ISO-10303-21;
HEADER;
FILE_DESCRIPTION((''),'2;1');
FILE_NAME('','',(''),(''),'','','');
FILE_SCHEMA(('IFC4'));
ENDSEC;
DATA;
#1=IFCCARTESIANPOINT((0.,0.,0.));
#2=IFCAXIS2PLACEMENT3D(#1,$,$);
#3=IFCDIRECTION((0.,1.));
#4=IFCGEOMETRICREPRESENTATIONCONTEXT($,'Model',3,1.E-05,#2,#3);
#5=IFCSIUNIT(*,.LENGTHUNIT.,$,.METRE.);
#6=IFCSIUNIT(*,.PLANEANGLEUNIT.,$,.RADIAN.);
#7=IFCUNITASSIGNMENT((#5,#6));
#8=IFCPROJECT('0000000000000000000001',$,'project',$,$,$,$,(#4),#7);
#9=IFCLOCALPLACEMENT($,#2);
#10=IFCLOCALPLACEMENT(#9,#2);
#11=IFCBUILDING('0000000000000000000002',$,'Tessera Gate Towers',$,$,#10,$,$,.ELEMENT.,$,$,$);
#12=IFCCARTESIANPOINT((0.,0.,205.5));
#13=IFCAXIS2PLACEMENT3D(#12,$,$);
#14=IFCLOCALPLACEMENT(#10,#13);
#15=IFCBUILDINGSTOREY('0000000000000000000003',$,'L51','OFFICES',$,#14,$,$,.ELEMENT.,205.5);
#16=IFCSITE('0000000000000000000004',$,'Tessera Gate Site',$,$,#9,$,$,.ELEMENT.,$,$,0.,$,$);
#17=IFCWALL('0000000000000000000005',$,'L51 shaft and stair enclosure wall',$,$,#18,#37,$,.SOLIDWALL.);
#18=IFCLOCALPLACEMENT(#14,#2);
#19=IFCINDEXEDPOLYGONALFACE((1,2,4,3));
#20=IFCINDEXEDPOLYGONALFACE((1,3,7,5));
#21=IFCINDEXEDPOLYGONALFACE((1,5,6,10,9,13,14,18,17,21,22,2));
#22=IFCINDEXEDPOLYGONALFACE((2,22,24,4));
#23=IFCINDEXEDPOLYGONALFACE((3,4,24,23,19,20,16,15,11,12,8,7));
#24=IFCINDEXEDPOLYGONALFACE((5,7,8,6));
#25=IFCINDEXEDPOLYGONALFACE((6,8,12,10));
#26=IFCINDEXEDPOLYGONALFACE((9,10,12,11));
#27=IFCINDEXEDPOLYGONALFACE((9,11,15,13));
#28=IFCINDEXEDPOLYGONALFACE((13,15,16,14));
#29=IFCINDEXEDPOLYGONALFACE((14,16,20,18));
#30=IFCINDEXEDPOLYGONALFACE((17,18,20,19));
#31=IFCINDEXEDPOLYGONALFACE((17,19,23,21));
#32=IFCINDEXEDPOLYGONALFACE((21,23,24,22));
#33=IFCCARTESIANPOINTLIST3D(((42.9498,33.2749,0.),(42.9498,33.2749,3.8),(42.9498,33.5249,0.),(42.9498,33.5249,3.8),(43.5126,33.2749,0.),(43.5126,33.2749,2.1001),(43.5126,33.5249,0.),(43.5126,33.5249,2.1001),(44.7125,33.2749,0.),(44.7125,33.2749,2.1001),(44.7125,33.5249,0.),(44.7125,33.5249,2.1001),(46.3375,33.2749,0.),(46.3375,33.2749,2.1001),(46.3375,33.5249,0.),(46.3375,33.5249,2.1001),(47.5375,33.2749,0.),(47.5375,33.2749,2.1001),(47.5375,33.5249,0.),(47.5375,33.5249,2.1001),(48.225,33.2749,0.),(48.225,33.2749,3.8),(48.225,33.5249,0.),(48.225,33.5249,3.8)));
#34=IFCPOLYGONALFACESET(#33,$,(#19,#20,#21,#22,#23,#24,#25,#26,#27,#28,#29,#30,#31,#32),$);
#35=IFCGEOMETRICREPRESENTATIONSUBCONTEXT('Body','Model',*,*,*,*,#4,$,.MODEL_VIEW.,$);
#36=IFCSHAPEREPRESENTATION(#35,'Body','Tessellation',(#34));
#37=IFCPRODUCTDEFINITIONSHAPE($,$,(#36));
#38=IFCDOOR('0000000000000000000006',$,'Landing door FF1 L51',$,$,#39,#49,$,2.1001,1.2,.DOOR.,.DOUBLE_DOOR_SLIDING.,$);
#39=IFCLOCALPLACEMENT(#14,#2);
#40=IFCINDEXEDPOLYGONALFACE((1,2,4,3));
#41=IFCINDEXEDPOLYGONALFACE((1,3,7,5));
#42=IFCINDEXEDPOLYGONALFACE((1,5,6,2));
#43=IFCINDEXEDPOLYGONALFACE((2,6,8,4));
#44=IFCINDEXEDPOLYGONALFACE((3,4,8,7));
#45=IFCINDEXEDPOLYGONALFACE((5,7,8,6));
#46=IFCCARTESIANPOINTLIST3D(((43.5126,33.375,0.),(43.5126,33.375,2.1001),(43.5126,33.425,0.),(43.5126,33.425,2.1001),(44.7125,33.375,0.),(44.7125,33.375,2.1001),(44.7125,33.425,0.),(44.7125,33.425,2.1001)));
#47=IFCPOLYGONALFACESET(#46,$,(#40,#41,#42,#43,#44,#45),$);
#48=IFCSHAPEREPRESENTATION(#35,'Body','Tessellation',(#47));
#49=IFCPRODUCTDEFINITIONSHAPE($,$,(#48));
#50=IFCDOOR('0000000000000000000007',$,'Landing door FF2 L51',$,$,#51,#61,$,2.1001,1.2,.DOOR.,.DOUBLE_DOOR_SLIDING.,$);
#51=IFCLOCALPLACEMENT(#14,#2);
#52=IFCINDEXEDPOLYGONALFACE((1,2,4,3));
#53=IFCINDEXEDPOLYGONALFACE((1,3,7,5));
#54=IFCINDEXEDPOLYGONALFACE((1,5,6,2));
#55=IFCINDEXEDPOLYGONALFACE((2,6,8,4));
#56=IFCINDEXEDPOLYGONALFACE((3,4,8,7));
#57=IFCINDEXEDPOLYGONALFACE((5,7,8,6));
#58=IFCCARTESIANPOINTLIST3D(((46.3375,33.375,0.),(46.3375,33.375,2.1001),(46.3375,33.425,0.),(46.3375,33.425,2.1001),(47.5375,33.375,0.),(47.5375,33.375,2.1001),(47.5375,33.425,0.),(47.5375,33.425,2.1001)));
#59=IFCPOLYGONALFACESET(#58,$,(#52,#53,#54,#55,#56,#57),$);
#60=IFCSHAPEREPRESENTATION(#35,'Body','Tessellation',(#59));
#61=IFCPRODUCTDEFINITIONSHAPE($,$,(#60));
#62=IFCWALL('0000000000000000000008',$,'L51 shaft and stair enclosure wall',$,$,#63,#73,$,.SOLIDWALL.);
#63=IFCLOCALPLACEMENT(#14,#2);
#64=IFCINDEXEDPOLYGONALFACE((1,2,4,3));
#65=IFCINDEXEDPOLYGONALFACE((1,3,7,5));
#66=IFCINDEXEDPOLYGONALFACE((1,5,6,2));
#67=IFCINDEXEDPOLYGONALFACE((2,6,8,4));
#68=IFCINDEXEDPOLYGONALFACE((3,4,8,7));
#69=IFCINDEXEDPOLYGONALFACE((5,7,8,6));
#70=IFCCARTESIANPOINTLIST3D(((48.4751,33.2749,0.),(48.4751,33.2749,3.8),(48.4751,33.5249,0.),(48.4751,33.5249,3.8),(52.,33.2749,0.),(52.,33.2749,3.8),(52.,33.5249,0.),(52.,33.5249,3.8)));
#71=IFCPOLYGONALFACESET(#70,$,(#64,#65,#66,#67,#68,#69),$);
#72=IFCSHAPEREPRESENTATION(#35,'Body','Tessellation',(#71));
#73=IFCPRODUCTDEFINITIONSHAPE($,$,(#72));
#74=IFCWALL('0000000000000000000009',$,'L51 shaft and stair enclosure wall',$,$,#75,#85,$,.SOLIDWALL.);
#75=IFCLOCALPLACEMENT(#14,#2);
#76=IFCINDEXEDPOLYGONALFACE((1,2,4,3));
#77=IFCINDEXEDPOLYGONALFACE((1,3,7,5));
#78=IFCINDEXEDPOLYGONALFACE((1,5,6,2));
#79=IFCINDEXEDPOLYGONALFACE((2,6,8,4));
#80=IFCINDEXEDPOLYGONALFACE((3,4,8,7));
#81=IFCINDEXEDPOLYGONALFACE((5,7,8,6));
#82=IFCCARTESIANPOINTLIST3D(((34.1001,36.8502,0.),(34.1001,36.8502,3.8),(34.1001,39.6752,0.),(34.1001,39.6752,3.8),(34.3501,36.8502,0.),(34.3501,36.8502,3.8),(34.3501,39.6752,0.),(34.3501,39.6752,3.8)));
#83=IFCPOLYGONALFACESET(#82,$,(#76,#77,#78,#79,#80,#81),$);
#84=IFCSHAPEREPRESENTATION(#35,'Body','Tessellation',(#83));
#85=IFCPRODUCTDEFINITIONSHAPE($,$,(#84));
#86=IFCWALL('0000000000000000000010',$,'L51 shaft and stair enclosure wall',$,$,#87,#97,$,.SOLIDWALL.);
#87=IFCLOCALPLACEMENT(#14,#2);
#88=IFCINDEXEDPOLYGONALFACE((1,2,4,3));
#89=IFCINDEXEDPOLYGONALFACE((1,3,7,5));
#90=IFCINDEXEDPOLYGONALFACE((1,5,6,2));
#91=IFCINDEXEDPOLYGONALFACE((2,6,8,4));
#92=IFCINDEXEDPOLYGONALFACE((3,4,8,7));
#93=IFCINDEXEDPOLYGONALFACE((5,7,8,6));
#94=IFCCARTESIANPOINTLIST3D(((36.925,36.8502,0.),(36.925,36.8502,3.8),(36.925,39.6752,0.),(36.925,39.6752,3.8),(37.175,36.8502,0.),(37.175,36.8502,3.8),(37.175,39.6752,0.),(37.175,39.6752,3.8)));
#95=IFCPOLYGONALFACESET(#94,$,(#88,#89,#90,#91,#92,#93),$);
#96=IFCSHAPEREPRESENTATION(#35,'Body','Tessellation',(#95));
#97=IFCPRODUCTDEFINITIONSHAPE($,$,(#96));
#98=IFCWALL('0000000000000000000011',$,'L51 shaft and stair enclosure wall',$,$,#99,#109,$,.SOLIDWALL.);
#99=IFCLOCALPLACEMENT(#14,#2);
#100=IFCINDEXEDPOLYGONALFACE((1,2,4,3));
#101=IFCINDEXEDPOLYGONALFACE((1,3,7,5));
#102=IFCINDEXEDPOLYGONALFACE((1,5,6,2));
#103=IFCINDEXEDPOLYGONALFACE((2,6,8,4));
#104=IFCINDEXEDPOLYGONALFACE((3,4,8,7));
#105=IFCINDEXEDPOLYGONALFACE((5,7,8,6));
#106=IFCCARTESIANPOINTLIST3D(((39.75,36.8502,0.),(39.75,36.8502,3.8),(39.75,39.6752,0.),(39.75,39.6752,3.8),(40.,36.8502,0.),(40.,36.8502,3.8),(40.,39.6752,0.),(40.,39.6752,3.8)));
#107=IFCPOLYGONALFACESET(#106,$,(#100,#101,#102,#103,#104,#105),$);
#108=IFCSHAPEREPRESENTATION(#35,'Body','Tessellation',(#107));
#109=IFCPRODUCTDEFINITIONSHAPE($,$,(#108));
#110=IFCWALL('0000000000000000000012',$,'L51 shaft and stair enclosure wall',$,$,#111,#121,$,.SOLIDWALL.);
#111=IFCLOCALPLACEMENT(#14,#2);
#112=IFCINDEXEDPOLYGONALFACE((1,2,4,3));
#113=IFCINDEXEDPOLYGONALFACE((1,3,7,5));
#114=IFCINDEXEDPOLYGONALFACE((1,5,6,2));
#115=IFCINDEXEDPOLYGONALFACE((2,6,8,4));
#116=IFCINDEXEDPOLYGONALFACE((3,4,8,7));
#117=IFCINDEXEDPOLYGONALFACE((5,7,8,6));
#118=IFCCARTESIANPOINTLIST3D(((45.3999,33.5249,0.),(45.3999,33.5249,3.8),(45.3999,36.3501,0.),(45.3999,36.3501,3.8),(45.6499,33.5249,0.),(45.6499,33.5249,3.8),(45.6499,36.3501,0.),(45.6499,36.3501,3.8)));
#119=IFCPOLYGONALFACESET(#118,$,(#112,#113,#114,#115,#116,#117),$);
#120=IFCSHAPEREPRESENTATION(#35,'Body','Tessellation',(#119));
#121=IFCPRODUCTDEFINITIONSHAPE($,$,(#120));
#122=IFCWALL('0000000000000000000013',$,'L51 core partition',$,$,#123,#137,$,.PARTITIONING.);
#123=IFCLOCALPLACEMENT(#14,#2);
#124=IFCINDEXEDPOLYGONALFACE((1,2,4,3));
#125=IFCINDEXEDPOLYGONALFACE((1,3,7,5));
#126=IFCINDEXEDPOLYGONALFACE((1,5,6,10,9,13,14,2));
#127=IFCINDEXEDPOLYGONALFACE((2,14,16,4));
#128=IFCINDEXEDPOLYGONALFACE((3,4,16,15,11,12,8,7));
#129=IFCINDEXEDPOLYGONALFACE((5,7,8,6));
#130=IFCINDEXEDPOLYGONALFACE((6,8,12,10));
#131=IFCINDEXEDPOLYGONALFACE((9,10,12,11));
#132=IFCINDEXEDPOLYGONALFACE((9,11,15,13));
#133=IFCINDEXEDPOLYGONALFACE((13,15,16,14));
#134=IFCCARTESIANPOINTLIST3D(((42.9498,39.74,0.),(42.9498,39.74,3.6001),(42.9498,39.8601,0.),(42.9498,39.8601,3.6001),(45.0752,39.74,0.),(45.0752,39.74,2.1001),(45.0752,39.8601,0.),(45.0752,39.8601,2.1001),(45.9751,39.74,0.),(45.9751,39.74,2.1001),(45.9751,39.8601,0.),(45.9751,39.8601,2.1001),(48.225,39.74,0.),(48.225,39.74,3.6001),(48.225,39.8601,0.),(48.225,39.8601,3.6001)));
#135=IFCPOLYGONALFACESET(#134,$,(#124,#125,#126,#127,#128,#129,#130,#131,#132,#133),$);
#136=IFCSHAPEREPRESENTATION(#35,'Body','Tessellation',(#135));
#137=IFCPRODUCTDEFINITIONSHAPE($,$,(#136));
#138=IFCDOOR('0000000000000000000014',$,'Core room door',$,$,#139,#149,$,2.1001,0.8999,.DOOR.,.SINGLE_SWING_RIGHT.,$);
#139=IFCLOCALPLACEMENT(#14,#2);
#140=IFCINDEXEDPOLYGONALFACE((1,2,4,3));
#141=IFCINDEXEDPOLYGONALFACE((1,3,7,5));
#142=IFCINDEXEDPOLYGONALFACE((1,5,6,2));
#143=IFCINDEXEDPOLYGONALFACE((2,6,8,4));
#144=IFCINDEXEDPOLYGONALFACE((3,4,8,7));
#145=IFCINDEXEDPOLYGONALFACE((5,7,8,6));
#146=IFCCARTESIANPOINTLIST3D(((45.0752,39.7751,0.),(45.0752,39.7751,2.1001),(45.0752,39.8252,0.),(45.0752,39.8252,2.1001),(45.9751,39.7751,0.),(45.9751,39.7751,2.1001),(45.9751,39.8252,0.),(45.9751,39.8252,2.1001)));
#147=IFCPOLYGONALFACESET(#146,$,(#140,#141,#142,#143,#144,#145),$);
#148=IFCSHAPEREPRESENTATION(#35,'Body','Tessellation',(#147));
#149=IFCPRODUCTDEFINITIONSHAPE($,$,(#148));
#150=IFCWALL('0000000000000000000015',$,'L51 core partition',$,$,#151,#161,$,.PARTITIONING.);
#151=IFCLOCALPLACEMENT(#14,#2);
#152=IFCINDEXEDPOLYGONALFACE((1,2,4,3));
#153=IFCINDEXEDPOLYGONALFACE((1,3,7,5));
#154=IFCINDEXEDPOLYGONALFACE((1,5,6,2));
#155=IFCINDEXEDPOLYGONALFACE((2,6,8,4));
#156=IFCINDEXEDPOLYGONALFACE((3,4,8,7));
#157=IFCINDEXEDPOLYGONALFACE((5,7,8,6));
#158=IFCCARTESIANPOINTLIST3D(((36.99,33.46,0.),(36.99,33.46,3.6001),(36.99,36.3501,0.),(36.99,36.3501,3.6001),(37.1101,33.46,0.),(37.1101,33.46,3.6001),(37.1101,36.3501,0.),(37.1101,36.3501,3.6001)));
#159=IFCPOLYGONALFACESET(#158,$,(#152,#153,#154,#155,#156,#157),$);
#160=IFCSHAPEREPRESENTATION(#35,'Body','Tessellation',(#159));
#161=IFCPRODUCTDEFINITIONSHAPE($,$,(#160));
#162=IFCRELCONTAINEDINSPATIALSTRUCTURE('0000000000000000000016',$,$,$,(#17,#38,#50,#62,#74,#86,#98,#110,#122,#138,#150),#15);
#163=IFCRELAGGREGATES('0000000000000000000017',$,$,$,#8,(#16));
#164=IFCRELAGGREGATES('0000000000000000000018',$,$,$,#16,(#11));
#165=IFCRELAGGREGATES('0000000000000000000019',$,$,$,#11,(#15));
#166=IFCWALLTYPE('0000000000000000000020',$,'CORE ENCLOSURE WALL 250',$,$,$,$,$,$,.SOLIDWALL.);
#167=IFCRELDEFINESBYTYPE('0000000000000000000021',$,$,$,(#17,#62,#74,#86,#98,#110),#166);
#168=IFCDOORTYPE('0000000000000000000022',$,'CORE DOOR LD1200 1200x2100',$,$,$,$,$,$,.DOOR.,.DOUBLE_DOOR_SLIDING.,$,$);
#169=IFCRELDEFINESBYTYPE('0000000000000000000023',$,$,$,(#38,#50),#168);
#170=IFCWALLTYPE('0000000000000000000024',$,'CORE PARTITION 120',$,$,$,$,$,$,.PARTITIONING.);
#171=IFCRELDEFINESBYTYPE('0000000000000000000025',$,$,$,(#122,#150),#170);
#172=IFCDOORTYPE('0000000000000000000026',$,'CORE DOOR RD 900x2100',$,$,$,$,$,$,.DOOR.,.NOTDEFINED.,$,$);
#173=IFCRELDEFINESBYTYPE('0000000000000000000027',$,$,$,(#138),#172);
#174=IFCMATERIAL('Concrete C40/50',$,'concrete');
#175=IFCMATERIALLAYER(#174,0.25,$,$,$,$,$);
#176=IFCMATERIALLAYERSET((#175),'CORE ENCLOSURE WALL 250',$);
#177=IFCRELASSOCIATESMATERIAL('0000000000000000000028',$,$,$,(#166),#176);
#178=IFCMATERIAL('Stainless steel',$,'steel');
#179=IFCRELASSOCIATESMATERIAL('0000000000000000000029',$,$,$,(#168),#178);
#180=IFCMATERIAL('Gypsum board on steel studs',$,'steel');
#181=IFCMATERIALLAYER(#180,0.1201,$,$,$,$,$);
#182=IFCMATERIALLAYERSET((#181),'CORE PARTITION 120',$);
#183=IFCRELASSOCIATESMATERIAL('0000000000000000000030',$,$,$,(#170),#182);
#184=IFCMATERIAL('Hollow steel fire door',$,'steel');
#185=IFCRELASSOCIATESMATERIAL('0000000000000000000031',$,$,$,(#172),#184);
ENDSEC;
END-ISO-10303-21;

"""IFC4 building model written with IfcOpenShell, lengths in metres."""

from ifc_helpers import new_model, si_unit, direction, frame, frame_2d, origin, place, context, subcontext, project, spatial, rectangle, extrude, source, transform, mapped, material, layer, layer_set, type_object, element, fill, save


model = new_model("IFC4")

# Units and contexts
model_context = context("Model", 3, precision=1e-05, world=origin(), true_north=direction((0.0, 1.0)))
body_context = subcontext(model_context, "Body", "Model", "MODEL_VIEW")
ifc_project = project(units=[si_unit("LENGTHUNIT", "METRE"), si_unit("PLANEANGLEUNIT", "RADIAN")], contexts=[model_context])

# Site, building, storey
site_placement = place(None, origin())
site = spatial("IfcSite", under=ifc_project, at=site_placement, Name="Tessera Gate Site", CompositionType="ELEMENT", RefElevation=0.0)
building_placement = place(site_placement, origin())
building = spatial("IfcBuilding", under=site, at=building_placement, Name="Tessera Gate Towers", CompositionType="ELEMENT")
storey_placement = place(building_placement, frame((0.0, 0.0, 205.5)))
storey = spatial("IfcBuildingStorey", under=building, at=storey_placement, Name="L51", Description="OFFICES", CompositionType="ELEMENT", Elevation=205.5)

# Shared definitions
ifc_material_1 = material(Name="Concrete C40/50", Category="concrete")
ifc_layer_1 = layer(ifc_material_1, 0.25)
ifc_layer_set_1 = layer_set([ifc_layer_1], Name="CORE ENCLOSURE WALL 250")
wall_type_1 = type_object("IfcWallType", Name="CORE ENCLOSURE WALL 250", PredefinedType="SOLIDWALL", material=ifc_layer_set_1)

# Shared definitions
shared_shape_1 = source(origin(), body_context, "Body", "SweptSolid", [
    extrude(rectangle(XDim=1.2, YDim=2.1001, at=frame_2d((0.6001, 1.05))), frame((0.0, 0.135, 0.0), z_axis=(0.0, -1.0, 0.0), x_axis=(1.0, 0.0, 0.0)), (0.0, 0.0, 1.0), 0.27),
])
shared_shape_2 = source(origin(), body_context, "Body", "SweptSolid", [
    extrude(rectangle(XDim=1.2, YDim=2.1001, at=frame_2d((0.6001, 1.05))), frame((0.0, 0.0249, 0.0), z_axis=(0.0, -1.0, 0.0), x_axis=(1.0, 0.0, 0.0)), (0.0, 0.0, 1.0), 0.05),
])

# Wall, openings, doors
wall_1_placement = place(storey_placement, frame((48.2251, 33.3999, 0.0), z_axis=(0.0, 0.0, 1.0), x_axis=(-1.0, 0.0, 0.0)))
wall_1 = element("IfcWall", 1, at=wall_1_placement, inside=storey, type_object=wall_type_1, Name="L51 shaft and stair enclosure wall", PredefinedType="SOLIDWALL", context=body_context, shape_type="SweptSolid", body=[
    extrude(rectangle(XDim=5.2751, YDim=0.25, at=frame_2d((2.6377, 0.0))), origin(), (0.0, 0.0, 1.0), 3.8),
])
opening_1_placement = place(wall_1_placement, frame((3.5125, 0.0, 0.0)))
opening_1 = element("IfcOpeningElement", 2, at=opening_1_placement, cuts=wall_1, PredefinedType="OPENING", context=body_context, shape_type="MappedRepresentation", body=[
    mapped(shared_shape_1, transform((0.0, 0.0, 0.0), scale=1.0)),
])
opening_2_placement = place(wall_1_placement, frame((0.6875, 0.0, 0.0)))
opening_2 = element("IfcOpeningElement", 3, at=opening_2_placement, cuts=wall_1, PredefinedType="OPENING", context=body_context, shape_type="MappedRepresentation", body=[
    mapped(shared_shape_1, transform((0.0, 0.0, 0.0), scale=1.0)),
])
ifc_material_2 = material(Name="Stainless steel", Category="steel")
door_type_1 = type_object("IfcDoorType", Name="CORE DOOR LD1200 1200x2100", OperationType="DOUBLE_DOOR_SLIDING", PredefinedType="DOOR", material=ifc_material_2)
door_1_placement = place(opening_1_placement, origin())
door_1 = element("IfcDoor", 4, at=door_1_placement, inside=storey, type_object=door_type_1, Name="Landing door FF1 L51", OperationType="DOUBLE_DOOR_SLIDING", OverallHeight=2.1001, OverallWidth=1.2, PredefinedType="DOOR", context=body_context, shape_type="MappedRepresentation", body=[
    mapped(shared_shape_2, transform((0.0, 0.0, 0.0), scale=1.0)),
])
fill(opening_1, door_1)
door_2_placement = place(opening_2_placement, origin())
door_2 = element("IfcDoor", 5, at=door_2_placement, inside=storey, type_object=door_type_1, Name="Landing door FF2 L51", OperationType="DOUBLE_DOOR_SLIDING", OverallHeight=2.1001, OverallWidth=1.2, PredefinedType="DOOR", context=body_context, shape_type="MappedRepresentation", body=[
    mapped(shared_shape_2, transform((0.0, 0.0, 0.0), scale=1.0)),
])
fill(opening_2, door_2)

# Walls
wall_2_placement = place(storey_placement, frame((48.4751, 33.3999, 0.0), z_axis=(0.0, 0.0, 1.0), x_axis=(1.0, 0.0, 0.0)))
element("IfcWall", 6, at=wall_2_placement, inside=storey, type_object=wall_type_1, Name="L51 shaft and stair enclosure wall", PredefinedType="SOLIDWALL", context=body_context, shape_type="SweptSolid", body=[
    extrude(rectangle(XDim=3.5249, YDim=0.25, at=frame_2d((1.7625, 0.0))), origin(), (0.0, 0.0, 1.0), 3.8),
])
for number, where, z_axis, x_axis, name in (
    (7, (34.2251, 36.8501, 0.0), (0.0, 0.0, 1.0), (0.0, 1.0, 0.0), "L51 shaft and stair enclosure wall"),
    (8, (37.05, 36.8501, 0.0), (0.0, 0.0, 1.0), (0.0, 1.0, 0.0), "L51 shaft and stair enclosure wall"),
    (9, (39.875, 36.8501, 0.0), (0.0, 0.0, 1.0), (0.0, 1.0, 0.0), "L51 shaft and stair enclosure wall"),
):
    element("IfcWall", number, at=place(storey_placement, frame(where, z_axis=z_axis, x_axis=x_axis)), inside=storey, type_object=wall_type_1, Name=name, PredefinedType="SOLIDWALL", context=body_context, shape_type="SweptSolid", body=[
        extrude(rectangle(XDim=2.825, YDim=0.25, at=frame_2d((1.4126, 0.0))), origin(), (0.0, 0.0, 1.0), 3.8),
    ])
wall_3_placement = place(storey_placement, frame((45.5249, 33.5249, 0.0), z_axis=(0.0, 0.0, 1.0), x_axis=(0.0, 1.0, 0.0)))
element("IfcWall", 10, at=wall_3_placement, inside=storey, type_object=wall_type_1, Name="L51 shaft and stair enclosure wall", PredefinedType="SOLIDWALL", context=body_context, shape_type="SweptSolid", body=[
    extrude(rectangle(XDim=2.8252, YDim=0.25, at=frame_2d((1.4126, 0.0))), origin(), (0.0, 0.0, 1.0), 3.8),
])

# Wall, opening, door
ifc_material_3 = material(Name="Gypsum board on steel studs", Category="steel")
ifc_layer_2 = layer(ifc_material_3, 0.1201)
ifc_layer_set_2 = layer_set([ifc_layer_2], Name="CORE PARTITION 120")
wall_type_2 = type_object("IfcWallType", Name="CORE PARTITION 120", PredefinedType="PARTITIONING", material=ifc_layer_set_2)
wall_4_placement = place(storey_placement, frame((48.2251, 39.8, 0.0), z_axis=(0.0, 0.0, 1.0), x_axis=(-1.0, 0.0, 0.0)))
wall_4 = element("IfcWall", 11, at=wall_4_placement, inside=storey, type_object=wall_type_2, Name="L51 core partition", PredefinedType="PARTITIONING", context=body_context, shape_type="SweptSolid", body=[
    extrude(rectangle(XDim=5.2751, YDim=0.1201, at=frame_2d((2.6377, 0.0))), origin(), (0.0, 0.0, 1.0), 3.6001),
])
shared_shape_3 = source(origin(), body_context, "Body", "SweptSolid", [
    extrude(rectangle(XDim=0.8999, YDim=2.1001, at=frame_2d((0.45, 1.05))), frame((0.0, 0.0701, 0.0), z_axis=(0.0, -1.0, 0.0), x_axis=(1.0, 0.0, 0.0)), (0.0, 0.0, 1.0), 0.1401),
])
opening_3_placement = place(wall_4_placement, frame((2.25, 0.0, 0.0)))
opening_3 = element("IfcOpeningElement", 12, at=opening_3_placement, cuts=wall_4, PredefinedType="OPENING", context=body_context, shape_type="MappedRepresentation", body=[
    mapped(shared_shape_3, transform((0.0, 0.0, 0.0), scale=1.0)),
])
ifc_material_4 = material(Name="Hollow steel fire door", Category="steel")
door_type_2 = type_object("IfcDoorType", Name="CORE DOOR RD 900x2100", OperationType="NOTDEFINED", PredefinedType="DOOR", material=ifc_material_4)
shared_shape_4 = source(origin(), body_context, "Body", "SweptSolid", [
    extrude(rectangle(XDim=0.8999, YDim=2.1001, at=frame_2d((0.45, 1.05))), frame((0.0, 0.0249, 0.0), z_axis=(0.0, -1.0, 0.0), x_axis=(1.0, 0.0, 0.0)), (0.0, 0.0, 1.0), 0.05),
])
door_3_placement = place(opening_3_placement, origin())
door_3 = element("IfcDoor", 13, at=door_3_placement, inside=storey, type_object=door_type_2, Name="Core room door", OperationType="SINGLE_SWING_RIGHT", OverallHeight=2.1001, OverallWidth=0.8999, PredefinedType="DOOR", context=body_context, shape_type="MappedRepresentation", body=[
    mapped(shared_shape_4, transform((0.0, 0.0, 0.0), scale=1.0)),
])
fill(opening_3, door_3)

# Wall
wall_5_placement = place(storey_placement, frame((37.05, 33.46, 0.0), z_axis=(0.0, 0.0, 1.0), x_axis=(0.0, 1.0, 0.0)))
element("IfcWall", 14, at=wall_5_placement, inside=storey, type_object=wall_type_2, Name="L51 core partition", PredefinedType="PARTITIONING", context=body_context, shape_type="SweptSolid", body=[
    extrude(rectangle(XDim=2.8901, YDim=0.1201, at=frame_2d((1.4451, 0.0))), origin(), (0.0, 0.0, 1.0), 3.6001),
])

save(model, "model.ifc")
